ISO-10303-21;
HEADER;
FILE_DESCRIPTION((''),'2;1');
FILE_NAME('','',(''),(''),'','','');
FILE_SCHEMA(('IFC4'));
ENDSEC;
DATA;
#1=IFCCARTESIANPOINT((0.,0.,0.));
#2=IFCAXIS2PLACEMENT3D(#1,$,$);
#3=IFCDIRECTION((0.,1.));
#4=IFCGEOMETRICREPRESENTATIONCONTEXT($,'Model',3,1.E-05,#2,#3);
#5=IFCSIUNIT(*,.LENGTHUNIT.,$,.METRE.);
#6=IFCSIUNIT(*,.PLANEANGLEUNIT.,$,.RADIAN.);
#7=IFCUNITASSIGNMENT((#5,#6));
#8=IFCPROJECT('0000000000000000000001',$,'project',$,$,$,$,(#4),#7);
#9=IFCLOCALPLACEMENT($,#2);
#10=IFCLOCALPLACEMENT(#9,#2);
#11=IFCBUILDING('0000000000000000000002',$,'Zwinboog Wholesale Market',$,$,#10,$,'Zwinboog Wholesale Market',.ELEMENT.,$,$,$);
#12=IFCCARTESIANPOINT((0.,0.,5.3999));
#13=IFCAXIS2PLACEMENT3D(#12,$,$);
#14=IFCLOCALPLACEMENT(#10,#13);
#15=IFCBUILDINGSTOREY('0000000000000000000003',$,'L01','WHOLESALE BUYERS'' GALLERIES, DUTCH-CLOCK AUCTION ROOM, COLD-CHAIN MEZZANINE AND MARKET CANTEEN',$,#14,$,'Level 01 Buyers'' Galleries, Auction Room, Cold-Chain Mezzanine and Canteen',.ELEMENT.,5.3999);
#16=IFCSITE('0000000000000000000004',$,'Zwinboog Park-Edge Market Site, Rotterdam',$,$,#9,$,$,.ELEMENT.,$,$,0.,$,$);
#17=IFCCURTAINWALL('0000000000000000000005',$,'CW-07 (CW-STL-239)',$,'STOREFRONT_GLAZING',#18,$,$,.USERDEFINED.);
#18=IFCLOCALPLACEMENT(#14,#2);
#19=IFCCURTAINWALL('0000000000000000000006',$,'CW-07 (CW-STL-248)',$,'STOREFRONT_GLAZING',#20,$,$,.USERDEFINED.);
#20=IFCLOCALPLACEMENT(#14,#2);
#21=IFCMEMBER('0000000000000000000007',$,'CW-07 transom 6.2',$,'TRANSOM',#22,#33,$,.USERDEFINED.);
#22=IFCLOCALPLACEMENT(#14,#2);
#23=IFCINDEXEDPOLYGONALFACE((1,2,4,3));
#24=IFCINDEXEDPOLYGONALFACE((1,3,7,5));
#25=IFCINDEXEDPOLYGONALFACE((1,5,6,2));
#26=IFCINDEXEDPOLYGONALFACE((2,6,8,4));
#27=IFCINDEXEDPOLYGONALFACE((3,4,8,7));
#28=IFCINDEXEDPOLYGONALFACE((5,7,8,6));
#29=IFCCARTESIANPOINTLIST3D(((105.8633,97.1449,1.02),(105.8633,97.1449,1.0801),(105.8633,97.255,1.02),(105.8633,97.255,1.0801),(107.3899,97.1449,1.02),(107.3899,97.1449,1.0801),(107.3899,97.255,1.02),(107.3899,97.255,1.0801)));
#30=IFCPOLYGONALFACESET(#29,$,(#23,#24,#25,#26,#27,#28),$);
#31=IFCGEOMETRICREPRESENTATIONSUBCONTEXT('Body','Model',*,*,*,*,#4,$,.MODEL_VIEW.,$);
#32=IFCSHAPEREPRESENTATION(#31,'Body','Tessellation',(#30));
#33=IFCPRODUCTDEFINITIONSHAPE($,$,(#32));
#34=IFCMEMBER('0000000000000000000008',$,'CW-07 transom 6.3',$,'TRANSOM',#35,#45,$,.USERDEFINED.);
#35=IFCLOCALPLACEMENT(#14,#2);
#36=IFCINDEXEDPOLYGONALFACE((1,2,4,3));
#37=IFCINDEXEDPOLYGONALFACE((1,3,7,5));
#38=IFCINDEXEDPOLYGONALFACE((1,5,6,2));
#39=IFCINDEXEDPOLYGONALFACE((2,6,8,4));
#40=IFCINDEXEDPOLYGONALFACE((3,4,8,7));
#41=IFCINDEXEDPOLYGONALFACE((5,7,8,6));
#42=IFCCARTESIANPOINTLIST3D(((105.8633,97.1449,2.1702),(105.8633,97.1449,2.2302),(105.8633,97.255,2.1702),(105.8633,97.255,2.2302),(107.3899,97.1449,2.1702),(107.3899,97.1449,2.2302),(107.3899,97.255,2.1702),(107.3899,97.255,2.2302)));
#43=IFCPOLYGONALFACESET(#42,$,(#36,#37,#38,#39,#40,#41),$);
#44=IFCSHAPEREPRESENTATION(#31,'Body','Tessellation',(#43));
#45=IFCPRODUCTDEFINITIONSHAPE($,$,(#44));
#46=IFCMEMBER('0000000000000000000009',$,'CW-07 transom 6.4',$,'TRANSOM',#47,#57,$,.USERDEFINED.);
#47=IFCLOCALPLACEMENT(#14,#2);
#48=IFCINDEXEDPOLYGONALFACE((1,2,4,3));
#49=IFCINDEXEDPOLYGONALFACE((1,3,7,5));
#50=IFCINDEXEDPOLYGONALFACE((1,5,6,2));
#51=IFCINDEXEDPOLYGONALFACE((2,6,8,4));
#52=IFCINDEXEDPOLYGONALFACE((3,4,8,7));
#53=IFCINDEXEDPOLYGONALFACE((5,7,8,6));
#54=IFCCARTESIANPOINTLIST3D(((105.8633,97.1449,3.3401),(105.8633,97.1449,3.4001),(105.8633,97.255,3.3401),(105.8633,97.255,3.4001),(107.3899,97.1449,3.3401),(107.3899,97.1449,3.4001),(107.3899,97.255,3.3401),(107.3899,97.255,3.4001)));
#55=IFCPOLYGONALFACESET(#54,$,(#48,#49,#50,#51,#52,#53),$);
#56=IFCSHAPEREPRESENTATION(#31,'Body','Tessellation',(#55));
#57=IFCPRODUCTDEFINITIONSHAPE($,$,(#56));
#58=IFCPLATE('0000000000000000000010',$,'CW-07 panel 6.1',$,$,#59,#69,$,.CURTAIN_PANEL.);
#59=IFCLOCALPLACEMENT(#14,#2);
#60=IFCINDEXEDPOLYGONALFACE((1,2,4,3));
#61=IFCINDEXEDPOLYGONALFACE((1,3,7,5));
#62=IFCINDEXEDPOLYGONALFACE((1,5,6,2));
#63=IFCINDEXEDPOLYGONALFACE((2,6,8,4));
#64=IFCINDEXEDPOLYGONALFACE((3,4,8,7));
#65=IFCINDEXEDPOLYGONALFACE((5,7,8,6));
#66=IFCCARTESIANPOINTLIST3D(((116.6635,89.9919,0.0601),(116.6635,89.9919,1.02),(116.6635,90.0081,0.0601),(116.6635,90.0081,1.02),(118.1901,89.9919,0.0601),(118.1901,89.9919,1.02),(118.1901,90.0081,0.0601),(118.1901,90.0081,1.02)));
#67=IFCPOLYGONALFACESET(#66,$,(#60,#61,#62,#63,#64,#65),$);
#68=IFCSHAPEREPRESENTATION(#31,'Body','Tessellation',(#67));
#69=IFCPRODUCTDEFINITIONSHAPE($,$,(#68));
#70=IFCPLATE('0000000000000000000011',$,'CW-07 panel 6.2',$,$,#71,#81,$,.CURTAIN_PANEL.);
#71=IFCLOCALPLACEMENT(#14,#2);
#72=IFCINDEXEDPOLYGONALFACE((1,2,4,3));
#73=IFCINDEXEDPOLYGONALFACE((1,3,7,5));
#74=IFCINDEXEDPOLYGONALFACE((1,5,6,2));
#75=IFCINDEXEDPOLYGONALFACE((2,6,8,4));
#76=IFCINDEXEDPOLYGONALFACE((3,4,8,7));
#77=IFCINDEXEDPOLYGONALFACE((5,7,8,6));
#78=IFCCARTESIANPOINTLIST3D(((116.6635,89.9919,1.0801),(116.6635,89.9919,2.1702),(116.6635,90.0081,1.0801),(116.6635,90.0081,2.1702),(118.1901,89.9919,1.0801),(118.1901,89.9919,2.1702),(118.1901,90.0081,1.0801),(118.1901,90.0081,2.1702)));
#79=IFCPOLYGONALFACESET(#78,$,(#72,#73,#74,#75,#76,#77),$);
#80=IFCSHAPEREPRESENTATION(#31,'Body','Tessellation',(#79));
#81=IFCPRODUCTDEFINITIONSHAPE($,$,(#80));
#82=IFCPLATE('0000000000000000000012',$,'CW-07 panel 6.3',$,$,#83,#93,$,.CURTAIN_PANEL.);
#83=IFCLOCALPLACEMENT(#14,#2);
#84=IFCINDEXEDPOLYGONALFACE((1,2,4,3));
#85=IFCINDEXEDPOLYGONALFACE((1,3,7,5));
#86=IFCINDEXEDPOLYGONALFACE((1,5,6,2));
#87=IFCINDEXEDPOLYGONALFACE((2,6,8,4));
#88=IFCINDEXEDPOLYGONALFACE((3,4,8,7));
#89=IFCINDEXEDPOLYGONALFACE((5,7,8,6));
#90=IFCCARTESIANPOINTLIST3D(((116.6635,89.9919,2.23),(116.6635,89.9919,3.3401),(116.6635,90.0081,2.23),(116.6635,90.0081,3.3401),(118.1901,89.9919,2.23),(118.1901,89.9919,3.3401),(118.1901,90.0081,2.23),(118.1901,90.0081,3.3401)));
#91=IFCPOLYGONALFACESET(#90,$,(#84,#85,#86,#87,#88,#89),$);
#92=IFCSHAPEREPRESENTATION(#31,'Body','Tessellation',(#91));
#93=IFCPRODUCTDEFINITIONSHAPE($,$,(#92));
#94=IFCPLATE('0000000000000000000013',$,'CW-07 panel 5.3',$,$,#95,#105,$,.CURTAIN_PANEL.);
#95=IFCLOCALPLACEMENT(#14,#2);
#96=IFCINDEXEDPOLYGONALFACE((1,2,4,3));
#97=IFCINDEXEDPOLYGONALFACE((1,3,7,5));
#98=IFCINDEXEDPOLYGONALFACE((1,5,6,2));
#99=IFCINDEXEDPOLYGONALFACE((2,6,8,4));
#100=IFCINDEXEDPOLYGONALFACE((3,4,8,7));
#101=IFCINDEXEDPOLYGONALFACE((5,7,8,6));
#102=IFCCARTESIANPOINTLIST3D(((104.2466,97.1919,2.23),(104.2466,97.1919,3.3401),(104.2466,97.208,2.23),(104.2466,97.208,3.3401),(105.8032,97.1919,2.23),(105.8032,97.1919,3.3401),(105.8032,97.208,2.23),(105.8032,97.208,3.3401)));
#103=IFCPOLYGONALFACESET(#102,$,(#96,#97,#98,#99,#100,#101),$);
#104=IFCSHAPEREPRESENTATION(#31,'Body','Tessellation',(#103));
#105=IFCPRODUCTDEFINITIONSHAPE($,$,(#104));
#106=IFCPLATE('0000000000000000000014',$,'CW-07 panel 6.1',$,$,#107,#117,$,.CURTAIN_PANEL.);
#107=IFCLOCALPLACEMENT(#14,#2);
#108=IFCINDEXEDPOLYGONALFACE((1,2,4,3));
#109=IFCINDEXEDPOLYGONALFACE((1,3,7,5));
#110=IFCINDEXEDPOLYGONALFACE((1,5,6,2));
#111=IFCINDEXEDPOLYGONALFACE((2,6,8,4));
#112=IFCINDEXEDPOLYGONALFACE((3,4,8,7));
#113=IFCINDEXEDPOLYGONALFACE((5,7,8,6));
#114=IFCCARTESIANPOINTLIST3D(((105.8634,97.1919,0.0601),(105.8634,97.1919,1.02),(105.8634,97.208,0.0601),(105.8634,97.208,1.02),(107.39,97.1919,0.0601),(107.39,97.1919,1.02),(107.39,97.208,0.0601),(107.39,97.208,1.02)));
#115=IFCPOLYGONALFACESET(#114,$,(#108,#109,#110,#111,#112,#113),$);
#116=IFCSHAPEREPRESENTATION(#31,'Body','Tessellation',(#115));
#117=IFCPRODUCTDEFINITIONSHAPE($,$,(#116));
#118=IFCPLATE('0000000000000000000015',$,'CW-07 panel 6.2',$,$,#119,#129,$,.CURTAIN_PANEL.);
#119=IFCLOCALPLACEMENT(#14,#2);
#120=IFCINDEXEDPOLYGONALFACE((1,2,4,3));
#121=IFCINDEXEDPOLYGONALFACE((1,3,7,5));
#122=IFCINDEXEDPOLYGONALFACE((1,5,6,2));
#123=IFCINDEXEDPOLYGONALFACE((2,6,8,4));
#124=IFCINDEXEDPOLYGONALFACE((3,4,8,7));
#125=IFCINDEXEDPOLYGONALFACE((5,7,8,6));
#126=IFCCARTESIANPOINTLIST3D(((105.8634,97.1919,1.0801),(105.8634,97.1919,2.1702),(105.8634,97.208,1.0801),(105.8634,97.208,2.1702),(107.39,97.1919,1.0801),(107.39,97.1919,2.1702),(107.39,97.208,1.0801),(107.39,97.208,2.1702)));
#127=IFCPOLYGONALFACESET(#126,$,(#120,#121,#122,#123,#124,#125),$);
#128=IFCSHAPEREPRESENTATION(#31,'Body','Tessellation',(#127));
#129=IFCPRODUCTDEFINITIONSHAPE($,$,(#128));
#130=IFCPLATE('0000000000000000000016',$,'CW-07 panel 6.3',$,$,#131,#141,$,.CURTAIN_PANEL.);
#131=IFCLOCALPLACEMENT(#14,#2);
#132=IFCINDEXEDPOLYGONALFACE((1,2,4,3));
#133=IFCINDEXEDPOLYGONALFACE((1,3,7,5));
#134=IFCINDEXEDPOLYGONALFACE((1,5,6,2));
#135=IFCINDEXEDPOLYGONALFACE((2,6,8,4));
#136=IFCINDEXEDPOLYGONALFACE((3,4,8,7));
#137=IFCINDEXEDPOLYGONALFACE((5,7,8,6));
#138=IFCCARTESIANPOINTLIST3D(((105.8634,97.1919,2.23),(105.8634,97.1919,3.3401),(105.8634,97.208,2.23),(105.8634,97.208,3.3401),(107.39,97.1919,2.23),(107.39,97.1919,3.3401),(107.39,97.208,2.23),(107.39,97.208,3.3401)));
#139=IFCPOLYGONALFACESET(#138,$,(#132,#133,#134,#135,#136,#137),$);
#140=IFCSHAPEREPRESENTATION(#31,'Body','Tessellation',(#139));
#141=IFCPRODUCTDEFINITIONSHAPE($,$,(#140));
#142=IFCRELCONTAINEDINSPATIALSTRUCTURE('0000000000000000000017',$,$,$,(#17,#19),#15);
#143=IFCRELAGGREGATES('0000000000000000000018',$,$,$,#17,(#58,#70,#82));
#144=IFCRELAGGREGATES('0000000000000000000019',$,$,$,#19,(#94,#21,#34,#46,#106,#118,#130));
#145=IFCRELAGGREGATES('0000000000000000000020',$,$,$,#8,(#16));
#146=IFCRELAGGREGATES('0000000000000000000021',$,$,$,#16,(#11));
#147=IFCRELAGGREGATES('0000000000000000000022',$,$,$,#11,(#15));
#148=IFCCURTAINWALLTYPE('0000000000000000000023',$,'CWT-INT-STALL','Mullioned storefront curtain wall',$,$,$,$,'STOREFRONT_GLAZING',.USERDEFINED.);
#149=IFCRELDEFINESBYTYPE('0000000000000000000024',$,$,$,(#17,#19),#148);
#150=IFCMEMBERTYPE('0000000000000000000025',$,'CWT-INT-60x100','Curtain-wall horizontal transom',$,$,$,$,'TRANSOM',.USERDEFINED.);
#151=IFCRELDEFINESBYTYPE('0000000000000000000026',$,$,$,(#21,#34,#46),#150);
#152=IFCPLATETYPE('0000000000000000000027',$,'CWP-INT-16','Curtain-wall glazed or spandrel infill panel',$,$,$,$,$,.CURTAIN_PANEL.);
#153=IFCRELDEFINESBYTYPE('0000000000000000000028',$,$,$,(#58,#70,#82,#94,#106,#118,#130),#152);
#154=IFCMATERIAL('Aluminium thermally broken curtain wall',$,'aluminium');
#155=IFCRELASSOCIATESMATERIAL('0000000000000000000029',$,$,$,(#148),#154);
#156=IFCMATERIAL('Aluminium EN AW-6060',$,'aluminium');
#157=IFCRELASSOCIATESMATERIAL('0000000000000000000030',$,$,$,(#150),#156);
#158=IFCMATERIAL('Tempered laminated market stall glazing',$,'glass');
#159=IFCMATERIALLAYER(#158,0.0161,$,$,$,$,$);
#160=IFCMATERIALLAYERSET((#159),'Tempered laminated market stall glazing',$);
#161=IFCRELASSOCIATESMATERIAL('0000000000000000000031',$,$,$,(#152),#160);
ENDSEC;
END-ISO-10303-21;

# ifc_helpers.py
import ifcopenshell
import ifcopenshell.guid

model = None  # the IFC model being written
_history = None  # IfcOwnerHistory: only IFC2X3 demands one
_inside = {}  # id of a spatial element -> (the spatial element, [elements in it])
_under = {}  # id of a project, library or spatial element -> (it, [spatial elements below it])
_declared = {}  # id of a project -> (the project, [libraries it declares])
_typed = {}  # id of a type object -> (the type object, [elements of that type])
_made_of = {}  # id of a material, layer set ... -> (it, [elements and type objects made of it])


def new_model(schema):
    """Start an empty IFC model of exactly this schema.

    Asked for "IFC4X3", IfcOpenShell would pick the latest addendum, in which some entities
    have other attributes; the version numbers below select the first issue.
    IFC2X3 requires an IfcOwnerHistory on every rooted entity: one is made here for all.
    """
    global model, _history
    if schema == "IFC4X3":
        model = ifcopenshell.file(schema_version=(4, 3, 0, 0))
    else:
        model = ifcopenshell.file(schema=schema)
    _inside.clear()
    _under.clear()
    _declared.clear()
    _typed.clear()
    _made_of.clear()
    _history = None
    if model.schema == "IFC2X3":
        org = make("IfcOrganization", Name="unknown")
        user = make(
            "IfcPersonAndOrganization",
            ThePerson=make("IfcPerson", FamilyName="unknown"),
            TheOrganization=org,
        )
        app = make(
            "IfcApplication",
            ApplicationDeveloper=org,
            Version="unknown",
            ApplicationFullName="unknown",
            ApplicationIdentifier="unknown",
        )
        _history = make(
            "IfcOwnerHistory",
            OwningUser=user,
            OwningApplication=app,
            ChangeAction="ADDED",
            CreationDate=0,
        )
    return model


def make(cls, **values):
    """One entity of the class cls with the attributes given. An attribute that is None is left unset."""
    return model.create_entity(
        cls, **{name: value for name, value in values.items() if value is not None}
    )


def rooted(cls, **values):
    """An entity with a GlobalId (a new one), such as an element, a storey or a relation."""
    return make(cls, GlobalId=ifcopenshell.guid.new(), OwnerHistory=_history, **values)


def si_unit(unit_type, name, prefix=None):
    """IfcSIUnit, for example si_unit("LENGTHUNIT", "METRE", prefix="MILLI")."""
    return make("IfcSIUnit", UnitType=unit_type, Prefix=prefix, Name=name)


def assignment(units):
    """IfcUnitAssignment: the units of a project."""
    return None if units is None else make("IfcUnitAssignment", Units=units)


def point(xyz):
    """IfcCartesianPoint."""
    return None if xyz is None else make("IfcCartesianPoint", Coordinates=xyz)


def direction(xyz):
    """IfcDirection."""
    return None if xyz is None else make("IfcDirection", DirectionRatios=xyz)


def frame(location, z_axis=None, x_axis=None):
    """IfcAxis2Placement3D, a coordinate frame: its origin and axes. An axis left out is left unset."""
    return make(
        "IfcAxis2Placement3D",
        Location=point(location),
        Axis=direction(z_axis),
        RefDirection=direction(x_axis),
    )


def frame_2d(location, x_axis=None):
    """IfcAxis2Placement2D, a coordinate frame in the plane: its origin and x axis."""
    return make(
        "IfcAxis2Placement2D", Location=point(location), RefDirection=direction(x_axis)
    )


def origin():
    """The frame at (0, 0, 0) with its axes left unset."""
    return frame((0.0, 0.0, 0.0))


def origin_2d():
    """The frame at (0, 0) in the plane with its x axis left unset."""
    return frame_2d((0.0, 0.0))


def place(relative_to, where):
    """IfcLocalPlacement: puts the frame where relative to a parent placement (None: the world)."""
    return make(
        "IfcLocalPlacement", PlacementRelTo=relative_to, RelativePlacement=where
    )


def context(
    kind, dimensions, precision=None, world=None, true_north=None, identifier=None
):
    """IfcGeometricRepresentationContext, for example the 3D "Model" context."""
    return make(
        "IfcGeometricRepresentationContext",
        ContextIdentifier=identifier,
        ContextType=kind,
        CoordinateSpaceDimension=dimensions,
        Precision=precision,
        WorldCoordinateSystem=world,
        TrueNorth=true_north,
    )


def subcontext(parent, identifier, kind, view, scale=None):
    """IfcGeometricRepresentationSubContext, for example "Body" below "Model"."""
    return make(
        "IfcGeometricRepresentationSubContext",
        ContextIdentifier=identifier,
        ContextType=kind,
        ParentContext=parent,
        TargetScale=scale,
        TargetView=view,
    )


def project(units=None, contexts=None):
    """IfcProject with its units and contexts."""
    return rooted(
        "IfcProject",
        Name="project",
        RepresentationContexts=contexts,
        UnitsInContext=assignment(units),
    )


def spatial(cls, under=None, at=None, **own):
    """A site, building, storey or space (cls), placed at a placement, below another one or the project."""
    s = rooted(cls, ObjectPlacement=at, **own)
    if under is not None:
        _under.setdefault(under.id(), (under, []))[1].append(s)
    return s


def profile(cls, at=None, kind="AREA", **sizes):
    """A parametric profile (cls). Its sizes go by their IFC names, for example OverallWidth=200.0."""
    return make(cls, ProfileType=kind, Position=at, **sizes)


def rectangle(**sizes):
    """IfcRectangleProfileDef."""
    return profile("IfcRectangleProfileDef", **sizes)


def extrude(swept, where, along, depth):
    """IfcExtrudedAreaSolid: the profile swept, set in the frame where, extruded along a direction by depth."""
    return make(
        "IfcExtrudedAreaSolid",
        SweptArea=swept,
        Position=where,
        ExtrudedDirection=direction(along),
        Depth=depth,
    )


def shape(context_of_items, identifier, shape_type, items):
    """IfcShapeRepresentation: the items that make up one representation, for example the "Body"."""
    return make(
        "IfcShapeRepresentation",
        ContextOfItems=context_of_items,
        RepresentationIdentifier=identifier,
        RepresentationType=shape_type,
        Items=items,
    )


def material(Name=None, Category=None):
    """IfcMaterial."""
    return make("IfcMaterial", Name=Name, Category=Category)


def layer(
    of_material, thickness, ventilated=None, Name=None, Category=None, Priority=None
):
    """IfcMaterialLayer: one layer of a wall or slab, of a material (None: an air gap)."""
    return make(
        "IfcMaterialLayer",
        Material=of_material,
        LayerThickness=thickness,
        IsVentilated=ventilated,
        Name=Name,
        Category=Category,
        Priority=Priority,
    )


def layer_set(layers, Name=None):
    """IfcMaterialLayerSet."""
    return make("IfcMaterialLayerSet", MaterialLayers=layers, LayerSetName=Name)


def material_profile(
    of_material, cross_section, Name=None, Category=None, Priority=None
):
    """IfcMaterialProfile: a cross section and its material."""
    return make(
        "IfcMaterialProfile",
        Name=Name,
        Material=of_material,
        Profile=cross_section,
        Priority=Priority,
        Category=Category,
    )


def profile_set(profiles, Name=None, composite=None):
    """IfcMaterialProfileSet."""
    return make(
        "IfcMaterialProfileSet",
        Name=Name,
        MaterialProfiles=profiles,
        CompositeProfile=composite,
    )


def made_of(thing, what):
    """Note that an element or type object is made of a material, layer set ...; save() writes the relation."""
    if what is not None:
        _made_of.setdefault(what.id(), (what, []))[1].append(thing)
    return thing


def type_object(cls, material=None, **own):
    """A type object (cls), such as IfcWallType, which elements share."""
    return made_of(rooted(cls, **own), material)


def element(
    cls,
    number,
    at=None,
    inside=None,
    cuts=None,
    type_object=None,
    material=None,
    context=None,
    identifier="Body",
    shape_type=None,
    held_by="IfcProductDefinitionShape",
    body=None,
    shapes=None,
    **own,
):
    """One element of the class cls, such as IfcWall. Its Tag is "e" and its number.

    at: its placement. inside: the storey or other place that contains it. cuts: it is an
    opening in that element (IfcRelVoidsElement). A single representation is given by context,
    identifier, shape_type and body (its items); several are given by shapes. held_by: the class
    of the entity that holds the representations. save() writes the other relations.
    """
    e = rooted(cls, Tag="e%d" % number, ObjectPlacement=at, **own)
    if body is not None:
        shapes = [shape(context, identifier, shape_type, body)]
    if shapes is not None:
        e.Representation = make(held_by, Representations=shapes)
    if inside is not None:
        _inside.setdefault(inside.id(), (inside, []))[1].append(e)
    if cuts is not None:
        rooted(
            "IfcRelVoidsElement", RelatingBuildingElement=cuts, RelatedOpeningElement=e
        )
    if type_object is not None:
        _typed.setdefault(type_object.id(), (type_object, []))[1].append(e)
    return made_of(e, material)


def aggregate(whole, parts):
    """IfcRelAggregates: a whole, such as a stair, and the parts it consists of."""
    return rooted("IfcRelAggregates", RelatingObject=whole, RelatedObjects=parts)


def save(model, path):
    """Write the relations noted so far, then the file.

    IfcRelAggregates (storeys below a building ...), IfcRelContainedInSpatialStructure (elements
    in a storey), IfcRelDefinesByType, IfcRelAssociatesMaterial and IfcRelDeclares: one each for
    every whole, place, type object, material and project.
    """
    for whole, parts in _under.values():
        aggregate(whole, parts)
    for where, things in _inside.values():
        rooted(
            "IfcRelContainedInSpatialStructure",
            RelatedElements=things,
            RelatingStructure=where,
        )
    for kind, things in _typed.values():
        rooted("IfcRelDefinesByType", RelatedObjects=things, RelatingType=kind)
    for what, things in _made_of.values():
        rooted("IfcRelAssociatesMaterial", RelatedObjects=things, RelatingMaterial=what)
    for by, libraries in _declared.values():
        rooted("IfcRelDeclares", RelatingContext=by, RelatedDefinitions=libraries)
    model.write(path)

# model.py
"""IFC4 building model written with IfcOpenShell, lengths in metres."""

from ifc_helpers import new_model, si_unit, direction, frame, origin, origin_2d, place, context, subcontext, project, spatial, rectangle, extrude, material, layer, layer_set, material_profile, profile_set, type_object, element, aggregate, save


model = new_model("IFC4")

# Units and contexts
model_context = context("Model", 3, precision=1e-05, world=origin(), true_north=direction((0.0, 1.0)))
body_context = subcontext(model_context, "Body", "Model", "MODEL_VIEW")
ifc_project = project(units=[si_unit("LENGTHUNIT", "METRE"), si_unit("PLANEANGLEUNIT", "RADIAN")], contexts=[model_context])

# Site, building, storey
site_placement = place(None, origin())
site = spatial("IfcSite", under=ifc_project, at=site_placement, Name="Zwinboog Park-Edge Market Site, Rotterdam", CompositionType="ELEMENT", RefElevation=0.0)
building_placement = place(site_placement, origin())
building = spatial("IfcBuilding", under=site, at=building_placement, Name="Zwinboog Wholesale Market", LongName="Zwinboog Wholesale Market", CompositionType="ELEMENT")
storey_placement = place(building_placement, frame((0.0, 0.0, 5.3999)))
storey = spatial("IfcBuildingStorey", under=building, at=storey_placement, Name="L01", Description="WHOLESALE BUYERS' GALLERIES, DUTCH-CLOCK AUCTION ROOM, COLD-CHAIN MEZZANINE AND MARKET CANTEEN", LongName="Level 01 Buyers' Galleries, Auction Room, Cold-Chain Mezzanine and Canteen", CompositionType="ELEMENT", Elevation=5.3999)

# Curtain wall
ifc_material_1 = material(Name="Aluminium thermally broken curtain wall", Category="aluminium")
curtain_wall_type = type_object("IfcCurtainWallType", Name="CWT-INT-STALL", Description="Mullioned storefront curtain wall", ElementType="STOREFRONT_GLAZING", PredefinedType="USERDEFINED", material=ifc_material_1)
curtain_wall_1_placement = place(storey_placement, origin())
curtain_wall_1 = element("IfcCurtainWall", 1, at=curtain_wall_1_placement, inside=storey, type_object=curtain_wall_type, Name="CW-07 (CW-STL-239)", ObjectType="STOREFRONT_GLAZING", PredefinedType="USERDEFINED")
ifc_material_2 = material(Name="Aluminium EN AW-6060", Category="aluminium")

# Curtain wall
curtain_wall_2_placement = place(storey_placement, origin())
curtain_wall_2 = element("IfcCurtainWall", 2, at=curtain_wall_2_placement, inside=storey, type_object=curtain_wall_type, Name="CW-07 (CW-STL-248)", ObjectType="STOREFRONT_GLAZING", PredefinedType="USERDEFINED")

# Members
ifc_material_profile_1 = material_profile(ifc_material_2, rectangle(XDim=0.1101, YDim=0.0601, at=origin_2d()), Name="AL 60x110")
ifc_profile_set_1 = profile_set([ifc_material_profile_1], Name="Aluminium EN AW-6060")
member_type_1 = type_object("IfcMemberType", Name="CWT-INT-60x100", Description="Curtain-wall horizontal transom", ElementType="TRANSOM", PredefinedType="USERDEFINED", material=ifc_profile_set_1)
member_1_placement = place(storey_placement, frame((105.8633, 97.2, 1.05), z_axis=(1.0, 0.0, 0.0), x_axis=(0.0, 1.0, 0.0)))
member_1 = element("IfcMember", 3, at=member_1_placement, type_object=member_type_1, Name="CW-07 transom 6.2", ObjectType="TRANSOM", PredefinedType="USERDEFINED", context=body_context, shape_type="SweptSolid", body=[
    extrude(rectangle(XDim=0.1101, YDim=0.0601, at=origin_2d()), origin(), (0.0, 0.0, 1.0), 1.5266),
])
member_2_placement = place(storey_placement, frame((105.8633, 97.2, 2.2002), z_axis=(1.0, 0.0, 0.0), x_axis=(0.0, 1.0, 0.0)))
member_2 = element("IfcMember", 4, at=member_2_placement, type_object=member_type_1, Name="CW-07 transom 6.3", ObjectType="TRANSOM", PredefinedType="USERDEFINED", context=body_context, shape_type="SweptSolid", body=[
    extrude(rectangle(XDim=0.1101, YDim=0.0601, at=origin_2d()), origin(), (0.0, 0.0, 1.0), 1.5266),
])
member_3_placement = place(storey_placement, frame((105.8633, 97.2, 3.3701), z_axis=(1.0, 0.0, 0.0), x_axis=(0.0, 1.0, 0.0)))
member_3 = element("IfcMember", 5, at=member_3_placement, type_object=member_type_1, Name="CW-07 transom 6.4", ObjectType="TRANSOM", PredefinedType="USERDEFINED", context=body_context, shape_type="SweptSolid", body=[
    extrude(rectangle(XDim=0.1101, YDim=0.0601, at=origin_2d()), origin(), (0.0, 0.0, 1.0), 1.5266),
])

# Plates
ifc_material_3 = material(Name="Tempered laminated market stall glazing", Category="glass")
ifc_layer = layer(ifc_material_3, 0.0161)
ifc_layer_set = layer_set([ifc_layer], Name="Tempered laminated market stall glazing")
plate_type = type_object("IfcPlateType", Name="CWP-INT-16", Description="Curtain-wall glazed or spandrel infill panel", PredefinedType="CURTAIN_PANEL", material=ifc_layer_set)
plate_1_placement = place(storey_placement, frame((117.4268, 90.0, 0.0601), z_axis=(0.0, 0.0, 1.0), x_axis=(1.0, 0.0, 0.0)))
plate_1 = element("IfcPlate", 6, at=plate_1_placement, type_object=plate_type, Name="CW-07 panel 6.1", PredefinedType="CURTAIN_PANEL", context=body_context, shape_type="SweptSolid", body=[
    extrude(rectangle(XDim=1.5266, YDim=0.0161, at=origin_2d()), origin(), (0.0, 0.0, 1.0), 0.96),
])
plate_2_placement = place(storey_placement, frame((117.4268, 90.0, 1.0801), z_axis=(0.0, 0.0, 1.0), x_axis=(1.0, 0.0, 0.0)))
plate_2 = element("IfcPlate", 7, at=plate_2_placement, type_object=plate_type, Name="CW-07 panel 6.2", PredefinedType="CURTAIN_PANEL", context=body_context, shape_type="SweptSolid", body=[
    extrude(rectangle(XDim=1.5266, YDim=0.0161, at=origin_2d()), origin(), (0.0, 0.0, 1.0), 1.0901),
])
plate_3_placement = place(storey_placement, frame((117.4268, 90.0, 2.23), z_axis=(0.0, 0.0, 1.0), x_axis=(1.0, 0.0, 0.0)))
plate_3 = element("IfcPlate", 8, at=plate_3_placement, type_object=plate_type, Name="CW-07 panel 6.3", PredefinedType="CURTAIN_PANEL", context=body_context, shape_type="SweptSolid", body=[
    extrude(rectangle(XDim=1.5266, YDim=0.0161, at=origin_2d()), origin(), (0.0, 0.0, 1.0), 1.1101),
])
aggregate(curtain_wall_1, [plate_1, plate_2, plate_3])
plate_4_placement = place(storey_placement, frame((105.0249, 97.2, 2.23), z_axis=(0.0, 0.0, 1.0), x_axis=(1.0, 0.0, 0.0)))
plate_4 = element("IfcPlate", 9, at=plate_4_placement, type_object=plate_type, Name="CW-07 panel 5.3", PredefinedType="CURTAIN_PANEL", context=body_context, shape_type="SweptSolid", body=[
    extrude(rectangle(XDim=1.5566, YDim=0.0161, at=origin_2d()), origin(), (0.0, 0.0, 1.0), 1.1101),
])
plate_5_placement = place(storey_placement, frame((106.6267, 97.2, 0.0601), z_axis=(0.0, 0.0, 1.0), x_axis=(1.0, 0.0, 0.0)))
plate_5 = element("IfcPlate", 10, at=plate_5_placement, type_object=plate_type, Name="CW-07 panel 6.1", PredefinedType="CURTAIN_PANEL", context=body_context, shape_type="SweptSolid", body=[
    extrude(rectangle(XDim=1.5266, YDim=0.0161, at=origin_2d()), origin(), (0.0, 0.0, 1.0), 0.96),
])
plate_6_placement = place(storey_placement, frame((106.6267, 97.2, 1.0801), z_axis=(0.0, 0.0, 1.0), x_axis=(1.0, 0.0, 0.0)))
plate_6 = element("IfcPlate", 11, at=plate_6_placement, type_object=plate_type, Name="CW-07 panel 6.2", PredefinedType="CURTAIN_PANEL", context=body_context, shape_type="SweptSolid", body=[
    extrude(rectangle(XDim=1.5266, YDim=0.0161, at=origin_2d()), origin(), (0.0, 0.0, 1.0), 1.0901),
])
plate_7_placement = place(storey_placement, frame((106.6267, 97.2, 2.23), z_axis=(0.0, 0.0, 1.0), x_axis=(1.0, 0.0, 0.0)))
plate_7 = element("IfcPlate", 12, at=plate_7_placement, type_object=plate_type, Name="CW-07 panel 6.3", PredefinedType="CURTAIN_PANEL", context=body_context, shape_type="SweptSolid", body=[
    extrude(rectangle(XDim=1.5266, YDim=0.0161, at=origin_2d()), origin(), (0.0, 0.0, 1.0), 1.1101),
])
aggregate(curtain_wall_2, [plate_4, member_1, member_2, member_3, plate_5, plate_6, plate_7])

save(model, "model.ifc")
